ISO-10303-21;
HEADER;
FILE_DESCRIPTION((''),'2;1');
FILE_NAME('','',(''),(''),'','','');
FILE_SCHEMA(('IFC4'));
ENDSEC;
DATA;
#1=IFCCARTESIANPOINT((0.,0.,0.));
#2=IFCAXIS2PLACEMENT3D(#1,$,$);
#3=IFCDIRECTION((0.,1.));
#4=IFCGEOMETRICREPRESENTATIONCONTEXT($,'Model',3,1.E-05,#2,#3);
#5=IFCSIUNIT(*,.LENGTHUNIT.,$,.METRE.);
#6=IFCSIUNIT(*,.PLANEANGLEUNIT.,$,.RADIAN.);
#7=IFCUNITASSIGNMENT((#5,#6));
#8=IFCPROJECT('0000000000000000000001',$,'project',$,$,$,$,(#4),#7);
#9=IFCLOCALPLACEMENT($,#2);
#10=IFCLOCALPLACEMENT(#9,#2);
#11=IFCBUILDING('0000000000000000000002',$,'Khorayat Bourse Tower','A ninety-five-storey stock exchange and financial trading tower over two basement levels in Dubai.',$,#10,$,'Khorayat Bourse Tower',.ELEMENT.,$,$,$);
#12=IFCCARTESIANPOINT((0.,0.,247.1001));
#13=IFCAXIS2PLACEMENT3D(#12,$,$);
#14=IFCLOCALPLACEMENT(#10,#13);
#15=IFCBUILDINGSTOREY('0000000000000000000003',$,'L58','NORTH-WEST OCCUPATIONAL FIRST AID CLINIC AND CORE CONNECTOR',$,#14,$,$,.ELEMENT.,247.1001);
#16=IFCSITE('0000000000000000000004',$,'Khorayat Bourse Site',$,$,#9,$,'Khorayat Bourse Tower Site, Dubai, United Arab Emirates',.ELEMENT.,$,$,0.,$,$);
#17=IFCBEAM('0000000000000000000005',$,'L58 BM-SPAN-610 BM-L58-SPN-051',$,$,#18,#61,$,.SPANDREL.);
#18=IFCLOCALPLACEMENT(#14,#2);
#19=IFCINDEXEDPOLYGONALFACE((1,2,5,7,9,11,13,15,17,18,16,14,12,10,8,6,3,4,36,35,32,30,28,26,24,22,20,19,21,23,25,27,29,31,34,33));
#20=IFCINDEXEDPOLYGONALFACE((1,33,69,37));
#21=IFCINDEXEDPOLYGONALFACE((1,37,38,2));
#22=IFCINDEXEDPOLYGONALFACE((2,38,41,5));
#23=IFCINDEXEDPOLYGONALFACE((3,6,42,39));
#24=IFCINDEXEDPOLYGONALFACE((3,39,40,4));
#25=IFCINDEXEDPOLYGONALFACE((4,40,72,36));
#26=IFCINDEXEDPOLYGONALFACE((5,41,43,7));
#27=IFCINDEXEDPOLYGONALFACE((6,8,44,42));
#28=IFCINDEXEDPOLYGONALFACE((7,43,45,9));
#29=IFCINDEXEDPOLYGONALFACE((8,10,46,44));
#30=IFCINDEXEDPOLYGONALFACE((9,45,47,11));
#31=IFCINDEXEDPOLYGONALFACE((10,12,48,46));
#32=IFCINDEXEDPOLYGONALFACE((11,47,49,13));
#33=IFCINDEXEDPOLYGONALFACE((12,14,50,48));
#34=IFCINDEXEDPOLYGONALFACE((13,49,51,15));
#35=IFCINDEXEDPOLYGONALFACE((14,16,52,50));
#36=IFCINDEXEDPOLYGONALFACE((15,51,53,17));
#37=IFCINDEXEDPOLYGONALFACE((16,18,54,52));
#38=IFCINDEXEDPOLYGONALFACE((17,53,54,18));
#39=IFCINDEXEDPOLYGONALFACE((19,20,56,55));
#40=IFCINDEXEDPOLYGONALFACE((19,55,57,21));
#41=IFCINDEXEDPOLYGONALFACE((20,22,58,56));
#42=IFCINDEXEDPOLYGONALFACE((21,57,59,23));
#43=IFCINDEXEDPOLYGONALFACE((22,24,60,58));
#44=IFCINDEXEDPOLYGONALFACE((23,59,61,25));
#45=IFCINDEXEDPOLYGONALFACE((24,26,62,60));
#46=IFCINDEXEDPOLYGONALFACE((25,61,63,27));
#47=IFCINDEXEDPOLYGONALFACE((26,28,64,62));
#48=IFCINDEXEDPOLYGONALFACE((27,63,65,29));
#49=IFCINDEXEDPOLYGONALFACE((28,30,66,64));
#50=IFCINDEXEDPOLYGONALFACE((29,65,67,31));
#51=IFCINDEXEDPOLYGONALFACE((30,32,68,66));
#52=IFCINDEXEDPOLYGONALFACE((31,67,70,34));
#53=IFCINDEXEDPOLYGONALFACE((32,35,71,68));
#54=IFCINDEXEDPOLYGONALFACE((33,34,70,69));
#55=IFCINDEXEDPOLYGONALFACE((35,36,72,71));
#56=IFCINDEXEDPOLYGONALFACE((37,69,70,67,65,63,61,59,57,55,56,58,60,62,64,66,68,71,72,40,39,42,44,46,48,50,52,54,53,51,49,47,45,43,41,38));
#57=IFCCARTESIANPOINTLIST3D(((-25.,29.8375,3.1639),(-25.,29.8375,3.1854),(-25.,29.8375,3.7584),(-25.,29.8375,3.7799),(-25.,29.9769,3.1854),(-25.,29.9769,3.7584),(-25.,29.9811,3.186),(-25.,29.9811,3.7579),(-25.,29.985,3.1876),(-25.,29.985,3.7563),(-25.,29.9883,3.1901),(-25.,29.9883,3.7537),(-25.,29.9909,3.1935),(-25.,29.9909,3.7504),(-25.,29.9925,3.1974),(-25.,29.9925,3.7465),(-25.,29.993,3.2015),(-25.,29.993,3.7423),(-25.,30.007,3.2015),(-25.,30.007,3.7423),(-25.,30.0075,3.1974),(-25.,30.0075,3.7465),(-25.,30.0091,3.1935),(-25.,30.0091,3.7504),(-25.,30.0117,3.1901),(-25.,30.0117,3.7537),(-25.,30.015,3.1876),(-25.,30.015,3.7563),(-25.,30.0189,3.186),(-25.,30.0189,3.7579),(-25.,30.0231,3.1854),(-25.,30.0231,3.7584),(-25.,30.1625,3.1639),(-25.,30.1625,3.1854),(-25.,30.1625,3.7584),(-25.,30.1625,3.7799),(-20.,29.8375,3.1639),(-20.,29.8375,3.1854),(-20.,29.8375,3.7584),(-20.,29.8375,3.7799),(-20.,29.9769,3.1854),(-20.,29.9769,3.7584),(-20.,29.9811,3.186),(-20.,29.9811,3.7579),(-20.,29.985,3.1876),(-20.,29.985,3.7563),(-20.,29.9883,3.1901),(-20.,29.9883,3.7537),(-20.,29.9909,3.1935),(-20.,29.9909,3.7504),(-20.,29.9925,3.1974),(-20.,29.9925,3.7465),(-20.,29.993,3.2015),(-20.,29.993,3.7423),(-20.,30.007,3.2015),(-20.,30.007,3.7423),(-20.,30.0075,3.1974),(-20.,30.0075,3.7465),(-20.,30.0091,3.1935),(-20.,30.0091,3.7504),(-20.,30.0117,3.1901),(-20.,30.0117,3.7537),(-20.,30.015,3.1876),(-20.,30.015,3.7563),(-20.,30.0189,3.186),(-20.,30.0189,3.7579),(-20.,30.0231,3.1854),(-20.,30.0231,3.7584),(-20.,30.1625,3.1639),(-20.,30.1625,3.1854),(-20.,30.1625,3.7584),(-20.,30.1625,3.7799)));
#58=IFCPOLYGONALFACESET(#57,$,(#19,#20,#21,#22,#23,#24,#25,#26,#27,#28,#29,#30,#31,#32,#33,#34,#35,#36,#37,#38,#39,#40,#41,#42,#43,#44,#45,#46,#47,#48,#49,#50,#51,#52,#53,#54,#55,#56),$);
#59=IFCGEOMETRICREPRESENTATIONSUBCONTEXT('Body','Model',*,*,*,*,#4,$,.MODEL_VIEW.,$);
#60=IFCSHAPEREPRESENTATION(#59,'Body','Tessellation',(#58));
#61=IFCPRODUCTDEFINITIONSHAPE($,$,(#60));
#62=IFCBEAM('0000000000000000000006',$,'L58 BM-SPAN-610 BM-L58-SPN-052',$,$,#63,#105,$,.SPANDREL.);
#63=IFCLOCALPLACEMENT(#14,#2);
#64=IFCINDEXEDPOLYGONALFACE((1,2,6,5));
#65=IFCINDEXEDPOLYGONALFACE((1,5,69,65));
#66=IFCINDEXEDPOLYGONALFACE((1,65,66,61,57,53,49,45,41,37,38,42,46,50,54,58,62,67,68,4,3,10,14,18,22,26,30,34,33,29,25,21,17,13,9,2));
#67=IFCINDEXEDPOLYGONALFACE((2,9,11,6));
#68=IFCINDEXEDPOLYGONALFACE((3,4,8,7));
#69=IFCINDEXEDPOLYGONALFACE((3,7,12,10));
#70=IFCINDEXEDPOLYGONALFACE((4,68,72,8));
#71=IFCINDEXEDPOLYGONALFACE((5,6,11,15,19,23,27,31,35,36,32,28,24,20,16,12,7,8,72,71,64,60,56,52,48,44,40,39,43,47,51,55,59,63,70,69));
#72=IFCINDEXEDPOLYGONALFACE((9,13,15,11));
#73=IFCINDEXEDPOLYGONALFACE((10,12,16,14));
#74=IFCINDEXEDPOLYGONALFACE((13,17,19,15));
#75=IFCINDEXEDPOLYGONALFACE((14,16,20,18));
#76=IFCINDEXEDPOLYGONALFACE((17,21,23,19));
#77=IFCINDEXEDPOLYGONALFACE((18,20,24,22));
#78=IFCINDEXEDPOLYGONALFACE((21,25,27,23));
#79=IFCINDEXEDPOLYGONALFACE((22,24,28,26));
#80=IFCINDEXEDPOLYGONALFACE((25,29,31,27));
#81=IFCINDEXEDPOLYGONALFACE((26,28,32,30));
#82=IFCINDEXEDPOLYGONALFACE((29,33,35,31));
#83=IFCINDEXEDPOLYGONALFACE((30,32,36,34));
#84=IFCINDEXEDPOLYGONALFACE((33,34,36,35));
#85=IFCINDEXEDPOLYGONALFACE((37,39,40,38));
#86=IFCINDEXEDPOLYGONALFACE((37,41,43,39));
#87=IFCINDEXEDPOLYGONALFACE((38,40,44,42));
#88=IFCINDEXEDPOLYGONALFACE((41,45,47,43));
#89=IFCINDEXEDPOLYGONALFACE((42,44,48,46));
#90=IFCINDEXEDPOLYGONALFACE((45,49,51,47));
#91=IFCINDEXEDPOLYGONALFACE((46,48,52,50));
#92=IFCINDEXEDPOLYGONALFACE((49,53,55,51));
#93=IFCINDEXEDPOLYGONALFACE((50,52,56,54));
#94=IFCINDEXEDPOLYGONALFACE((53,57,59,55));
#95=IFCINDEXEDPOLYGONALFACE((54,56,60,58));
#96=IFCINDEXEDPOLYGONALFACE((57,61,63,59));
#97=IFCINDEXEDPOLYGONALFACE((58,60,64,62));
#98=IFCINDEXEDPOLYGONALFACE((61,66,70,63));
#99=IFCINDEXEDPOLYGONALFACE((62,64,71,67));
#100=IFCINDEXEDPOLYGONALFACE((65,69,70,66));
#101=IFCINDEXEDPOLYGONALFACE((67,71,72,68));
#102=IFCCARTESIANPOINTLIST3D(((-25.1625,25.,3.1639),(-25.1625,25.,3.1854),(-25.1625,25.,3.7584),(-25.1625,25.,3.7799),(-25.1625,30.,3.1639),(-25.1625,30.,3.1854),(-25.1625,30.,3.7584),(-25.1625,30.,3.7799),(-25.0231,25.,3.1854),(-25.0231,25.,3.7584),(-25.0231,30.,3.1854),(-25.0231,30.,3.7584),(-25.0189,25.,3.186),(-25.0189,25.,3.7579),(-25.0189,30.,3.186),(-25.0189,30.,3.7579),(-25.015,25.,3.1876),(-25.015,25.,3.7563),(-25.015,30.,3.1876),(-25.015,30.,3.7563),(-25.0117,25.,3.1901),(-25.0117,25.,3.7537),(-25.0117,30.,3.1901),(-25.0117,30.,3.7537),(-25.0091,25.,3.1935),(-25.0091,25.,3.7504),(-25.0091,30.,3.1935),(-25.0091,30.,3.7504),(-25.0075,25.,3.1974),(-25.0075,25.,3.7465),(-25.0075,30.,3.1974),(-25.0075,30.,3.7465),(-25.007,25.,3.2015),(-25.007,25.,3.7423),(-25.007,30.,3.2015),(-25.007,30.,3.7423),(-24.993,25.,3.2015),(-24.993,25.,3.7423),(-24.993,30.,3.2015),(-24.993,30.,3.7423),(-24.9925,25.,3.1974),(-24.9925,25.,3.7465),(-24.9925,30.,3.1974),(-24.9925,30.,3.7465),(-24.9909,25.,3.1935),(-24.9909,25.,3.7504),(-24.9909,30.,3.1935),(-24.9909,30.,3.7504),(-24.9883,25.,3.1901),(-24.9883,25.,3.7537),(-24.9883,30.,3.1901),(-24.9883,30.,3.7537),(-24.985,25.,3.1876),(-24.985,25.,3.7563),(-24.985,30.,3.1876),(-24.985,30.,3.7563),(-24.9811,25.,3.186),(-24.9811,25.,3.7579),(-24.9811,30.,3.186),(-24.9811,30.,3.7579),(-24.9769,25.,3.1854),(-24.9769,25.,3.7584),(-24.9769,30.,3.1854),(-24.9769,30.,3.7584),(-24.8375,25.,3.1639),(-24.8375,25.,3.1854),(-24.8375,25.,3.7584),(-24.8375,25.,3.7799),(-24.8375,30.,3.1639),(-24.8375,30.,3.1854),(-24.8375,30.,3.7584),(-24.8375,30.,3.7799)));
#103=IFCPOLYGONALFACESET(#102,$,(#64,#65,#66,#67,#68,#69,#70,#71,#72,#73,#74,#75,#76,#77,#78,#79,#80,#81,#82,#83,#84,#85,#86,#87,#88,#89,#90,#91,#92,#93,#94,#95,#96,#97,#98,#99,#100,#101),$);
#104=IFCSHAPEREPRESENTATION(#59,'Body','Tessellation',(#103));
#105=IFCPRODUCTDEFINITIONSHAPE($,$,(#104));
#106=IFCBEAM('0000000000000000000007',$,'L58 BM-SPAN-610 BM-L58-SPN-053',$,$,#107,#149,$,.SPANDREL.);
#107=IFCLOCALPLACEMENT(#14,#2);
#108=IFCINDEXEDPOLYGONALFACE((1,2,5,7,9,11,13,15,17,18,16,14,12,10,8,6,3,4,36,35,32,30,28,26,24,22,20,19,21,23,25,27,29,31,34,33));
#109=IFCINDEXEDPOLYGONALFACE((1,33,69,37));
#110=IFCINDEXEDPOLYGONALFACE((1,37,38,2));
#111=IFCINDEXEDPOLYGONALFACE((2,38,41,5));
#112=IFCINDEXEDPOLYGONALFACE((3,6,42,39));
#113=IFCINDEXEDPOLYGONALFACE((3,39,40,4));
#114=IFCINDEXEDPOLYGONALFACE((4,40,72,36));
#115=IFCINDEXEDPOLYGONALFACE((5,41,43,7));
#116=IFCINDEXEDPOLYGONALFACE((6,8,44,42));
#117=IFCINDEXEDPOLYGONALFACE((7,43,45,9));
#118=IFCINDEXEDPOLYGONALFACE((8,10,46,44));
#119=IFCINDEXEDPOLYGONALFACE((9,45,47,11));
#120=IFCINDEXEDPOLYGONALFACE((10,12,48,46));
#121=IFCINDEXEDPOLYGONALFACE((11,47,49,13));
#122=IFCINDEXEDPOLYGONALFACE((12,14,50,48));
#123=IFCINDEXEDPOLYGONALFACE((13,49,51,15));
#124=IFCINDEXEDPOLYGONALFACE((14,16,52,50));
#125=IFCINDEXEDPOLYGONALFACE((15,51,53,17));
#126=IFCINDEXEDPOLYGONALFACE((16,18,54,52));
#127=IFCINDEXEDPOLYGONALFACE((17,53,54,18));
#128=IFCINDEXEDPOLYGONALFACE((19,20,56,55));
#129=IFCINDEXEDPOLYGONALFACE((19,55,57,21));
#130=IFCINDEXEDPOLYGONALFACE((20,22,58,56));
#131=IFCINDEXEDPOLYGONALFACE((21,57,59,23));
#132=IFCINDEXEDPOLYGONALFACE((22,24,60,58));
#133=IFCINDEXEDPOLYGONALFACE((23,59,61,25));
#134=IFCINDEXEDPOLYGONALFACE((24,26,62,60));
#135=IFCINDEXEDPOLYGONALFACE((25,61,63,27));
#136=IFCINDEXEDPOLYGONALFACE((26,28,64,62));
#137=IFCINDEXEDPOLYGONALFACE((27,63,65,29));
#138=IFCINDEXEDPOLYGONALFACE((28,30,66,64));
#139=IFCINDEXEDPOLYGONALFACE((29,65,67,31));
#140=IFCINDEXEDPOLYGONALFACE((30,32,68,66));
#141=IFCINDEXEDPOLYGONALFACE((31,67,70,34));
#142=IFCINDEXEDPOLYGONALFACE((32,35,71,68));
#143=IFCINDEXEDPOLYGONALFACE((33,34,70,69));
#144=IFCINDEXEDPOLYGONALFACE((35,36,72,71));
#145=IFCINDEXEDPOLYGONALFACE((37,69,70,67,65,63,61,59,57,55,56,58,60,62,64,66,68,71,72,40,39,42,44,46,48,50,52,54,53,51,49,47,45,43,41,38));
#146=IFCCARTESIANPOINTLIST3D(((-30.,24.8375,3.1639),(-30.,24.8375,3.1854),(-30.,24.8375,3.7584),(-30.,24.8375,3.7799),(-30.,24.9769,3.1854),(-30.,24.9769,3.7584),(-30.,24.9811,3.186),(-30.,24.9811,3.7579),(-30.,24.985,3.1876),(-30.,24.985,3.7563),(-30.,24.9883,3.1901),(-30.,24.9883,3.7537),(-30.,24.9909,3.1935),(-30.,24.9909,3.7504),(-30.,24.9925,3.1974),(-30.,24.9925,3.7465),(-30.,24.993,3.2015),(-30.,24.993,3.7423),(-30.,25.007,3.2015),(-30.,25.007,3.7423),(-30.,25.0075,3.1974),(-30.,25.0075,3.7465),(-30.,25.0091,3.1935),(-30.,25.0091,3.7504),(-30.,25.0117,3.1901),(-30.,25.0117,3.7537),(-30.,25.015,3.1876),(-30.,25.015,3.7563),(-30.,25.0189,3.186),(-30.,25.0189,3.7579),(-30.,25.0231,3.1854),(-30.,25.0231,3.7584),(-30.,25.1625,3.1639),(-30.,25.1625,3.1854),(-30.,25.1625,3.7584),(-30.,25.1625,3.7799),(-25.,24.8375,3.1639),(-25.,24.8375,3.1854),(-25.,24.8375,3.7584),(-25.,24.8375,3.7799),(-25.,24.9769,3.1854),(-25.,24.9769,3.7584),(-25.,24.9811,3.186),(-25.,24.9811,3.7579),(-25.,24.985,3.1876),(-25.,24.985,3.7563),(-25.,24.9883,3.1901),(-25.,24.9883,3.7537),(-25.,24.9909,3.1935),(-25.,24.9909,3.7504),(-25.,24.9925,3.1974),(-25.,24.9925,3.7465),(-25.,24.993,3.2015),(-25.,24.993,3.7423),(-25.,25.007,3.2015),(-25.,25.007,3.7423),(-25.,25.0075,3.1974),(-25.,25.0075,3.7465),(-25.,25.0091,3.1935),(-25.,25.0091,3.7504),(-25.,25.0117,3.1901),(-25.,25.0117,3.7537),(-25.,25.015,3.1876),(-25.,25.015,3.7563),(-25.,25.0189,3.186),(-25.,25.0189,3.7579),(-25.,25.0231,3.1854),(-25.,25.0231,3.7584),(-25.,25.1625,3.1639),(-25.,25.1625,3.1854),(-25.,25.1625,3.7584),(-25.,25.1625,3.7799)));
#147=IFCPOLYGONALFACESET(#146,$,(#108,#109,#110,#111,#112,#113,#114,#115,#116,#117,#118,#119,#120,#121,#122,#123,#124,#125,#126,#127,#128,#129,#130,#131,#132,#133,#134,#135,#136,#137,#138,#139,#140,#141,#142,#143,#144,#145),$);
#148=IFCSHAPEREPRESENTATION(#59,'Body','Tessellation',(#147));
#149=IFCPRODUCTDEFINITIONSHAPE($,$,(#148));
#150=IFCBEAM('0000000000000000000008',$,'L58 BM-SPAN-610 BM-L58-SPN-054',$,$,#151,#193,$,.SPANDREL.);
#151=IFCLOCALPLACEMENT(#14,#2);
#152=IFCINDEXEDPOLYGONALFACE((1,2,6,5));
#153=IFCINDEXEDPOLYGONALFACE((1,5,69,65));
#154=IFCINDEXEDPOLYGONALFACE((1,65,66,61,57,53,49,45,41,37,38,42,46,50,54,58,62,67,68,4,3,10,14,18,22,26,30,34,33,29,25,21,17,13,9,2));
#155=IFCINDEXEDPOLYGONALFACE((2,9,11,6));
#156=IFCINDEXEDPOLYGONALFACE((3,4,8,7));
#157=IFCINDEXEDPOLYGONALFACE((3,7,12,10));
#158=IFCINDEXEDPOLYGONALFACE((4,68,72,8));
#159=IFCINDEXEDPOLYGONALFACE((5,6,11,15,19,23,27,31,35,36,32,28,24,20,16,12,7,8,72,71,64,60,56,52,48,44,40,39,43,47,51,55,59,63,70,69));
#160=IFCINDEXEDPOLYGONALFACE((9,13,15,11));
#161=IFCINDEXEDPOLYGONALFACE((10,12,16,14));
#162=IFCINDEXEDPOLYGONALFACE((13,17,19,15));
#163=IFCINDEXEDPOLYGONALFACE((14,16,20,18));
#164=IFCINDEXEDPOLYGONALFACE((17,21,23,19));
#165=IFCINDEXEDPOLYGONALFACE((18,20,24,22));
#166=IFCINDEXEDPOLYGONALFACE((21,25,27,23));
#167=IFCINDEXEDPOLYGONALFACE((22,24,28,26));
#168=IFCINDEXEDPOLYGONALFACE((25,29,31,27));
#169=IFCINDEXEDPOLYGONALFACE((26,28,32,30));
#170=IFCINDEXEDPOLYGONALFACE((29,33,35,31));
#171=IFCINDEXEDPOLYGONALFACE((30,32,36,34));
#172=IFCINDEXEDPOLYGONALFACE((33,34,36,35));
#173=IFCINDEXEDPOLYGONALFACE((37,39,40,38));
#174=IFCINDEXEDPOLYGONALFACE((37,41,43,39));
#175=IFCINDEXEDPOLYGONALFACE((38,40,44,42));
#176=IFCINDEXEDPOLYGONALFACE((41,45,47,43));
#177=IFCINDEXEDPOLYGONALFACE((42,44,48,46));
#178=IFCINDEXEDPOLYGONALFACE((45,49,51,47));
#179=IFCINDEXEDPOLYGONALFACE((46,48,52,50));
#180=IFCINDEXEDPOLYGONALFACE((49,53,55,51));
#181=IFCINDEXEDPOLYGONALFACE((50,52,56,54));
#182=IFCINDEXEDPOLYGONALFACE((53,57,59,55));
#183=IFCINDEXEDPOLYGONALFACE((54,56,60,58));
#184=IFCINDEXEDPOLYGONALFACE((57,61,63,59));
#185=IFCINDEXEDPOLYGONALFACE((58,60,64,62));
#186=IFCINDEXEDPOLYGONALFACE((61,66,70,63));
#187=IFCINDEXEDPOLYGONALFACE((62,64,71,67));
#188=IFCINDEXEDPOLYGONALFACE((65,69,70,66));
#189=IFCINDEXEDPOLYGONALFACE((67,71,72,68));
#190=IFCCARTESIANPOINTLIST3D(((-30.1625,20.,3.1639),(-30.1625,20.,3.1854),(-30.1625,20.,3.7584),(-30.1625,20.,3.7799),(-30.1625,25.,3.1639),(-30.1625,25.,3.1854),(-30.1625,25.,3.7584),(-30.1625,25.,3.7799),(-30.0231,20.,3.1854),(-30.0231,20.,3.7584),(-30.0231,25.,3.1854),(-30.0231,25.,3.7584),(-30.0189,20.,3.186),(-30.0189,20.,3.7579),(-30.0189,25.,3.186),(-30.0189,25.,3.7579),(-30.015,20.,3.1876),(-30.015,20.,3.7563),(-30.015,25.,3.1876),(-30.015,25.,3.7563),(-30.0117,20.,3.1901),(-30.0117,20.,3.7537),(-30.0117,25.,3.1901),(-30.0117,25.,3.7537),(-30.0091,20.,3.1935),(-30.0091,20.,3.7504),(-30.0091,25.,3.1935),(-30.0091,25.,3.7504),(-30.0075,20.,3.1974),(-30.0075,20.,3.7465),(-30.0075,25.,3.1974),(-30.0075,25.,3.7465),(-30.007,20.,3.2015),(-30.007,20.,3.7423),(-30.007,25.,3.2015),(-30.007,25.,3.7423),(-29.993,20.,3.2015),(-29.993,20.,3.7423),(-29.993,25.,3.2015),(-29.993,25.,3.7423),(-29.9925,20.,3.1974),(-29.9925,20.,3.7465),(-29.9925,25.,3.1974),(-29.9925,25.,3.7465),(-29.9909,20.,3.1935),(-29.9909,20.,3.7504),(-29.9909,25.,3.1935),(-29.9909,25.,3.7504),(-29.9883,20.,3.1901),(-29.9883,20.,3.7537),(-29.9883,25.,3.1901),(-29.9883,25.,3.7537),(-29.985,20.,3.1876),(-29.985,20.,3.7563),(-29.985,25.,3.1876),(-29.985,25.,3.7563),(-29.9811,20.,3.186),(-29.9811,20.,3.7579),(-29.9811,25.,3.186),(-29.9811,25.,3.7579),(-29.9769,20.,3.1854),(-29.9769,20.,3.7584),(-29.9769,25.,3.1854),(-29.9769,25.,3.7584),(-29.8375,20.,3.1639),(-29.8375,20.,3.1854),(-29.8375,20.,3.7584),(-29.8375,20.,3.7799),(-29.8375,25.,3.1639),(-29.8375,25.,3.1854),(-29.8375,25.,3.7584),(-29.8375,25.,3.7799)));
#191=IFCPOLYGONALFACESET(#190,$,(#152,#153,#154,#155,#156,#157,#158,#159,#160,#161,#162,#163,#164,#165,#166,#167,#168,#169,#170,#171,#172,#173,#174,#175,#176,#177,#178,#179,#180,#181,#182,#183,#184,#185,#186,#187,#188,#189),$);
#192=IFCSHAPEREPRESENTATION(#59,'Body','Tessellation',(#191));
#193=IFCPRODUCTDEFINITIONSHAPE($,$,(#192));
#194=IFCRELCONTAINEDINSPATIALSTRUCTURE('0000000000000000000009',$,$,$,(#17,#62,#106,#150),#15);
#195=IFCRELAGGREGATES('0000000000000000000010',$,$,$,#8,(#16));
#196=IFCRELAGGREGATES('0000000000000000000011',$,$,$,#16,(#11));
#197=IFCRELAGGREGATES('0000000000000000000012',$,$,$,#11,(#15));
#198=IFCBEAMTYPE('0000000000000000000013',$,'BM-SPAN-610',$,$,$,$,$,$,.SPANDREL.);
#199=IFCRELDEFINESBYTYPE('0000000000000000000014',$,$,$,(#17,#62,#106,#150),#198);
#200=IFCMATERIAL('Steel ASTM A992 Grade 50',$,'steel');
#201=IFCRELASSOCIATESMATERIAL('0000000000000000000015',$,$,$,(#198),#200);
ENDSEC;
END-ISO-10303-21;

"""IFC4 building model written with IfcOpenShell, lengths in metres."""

from ifc_helpers import new_model, si_unit, direction, frame, origin, origin_2d, place, context, subcontext, project, spatial, i_section, extrude, source, transform, mapped, material, material_profile, profile_set, type_object, element, save


model = new_model("IFC4")

# Units and contexts
model_context = context("Model", 3, precision=1e-05, world=origin(), true_north=direction((0.0, 1.0)))
body_context = subcontext(model_context, "Body", "Model", "MODEL_VIEW")
ifc_project = project(units=[si_unit("LENGTHUNIT", "METRE"), si_unit("PLANEANGLEUNIT", "RADIAN")], contexts=[model_context])

# Site, building, storey
site_placement = place(None, origin())
site = spatial("IfcSite", under=ifc_project, at=site_placement, Name="Khorayat Bourse Site", LongName="Khorayat Bourse Tower Site, Dubai, United Arab Emirates", CompositionType="ELEMENT", RefElevation=0.0)
building_placement = place(site_placement, origin())
building = spatial("IfcBuilding", under=site, at=building_placement, Name="Khorayat Bourse Tower", Description="A ninety-five-storey stock exchange and financial trading tower over two basement levels in Dubai.", LongName="Khorayat Bourse Tower", CompositionType="ELEMENT")
storey_placement = place(building_placement, frame((0.0, 0.0, 247.1001)))
storey = spatial("IfcBuildingStorey", under=building, at=storey_placement, Name="L58", Description="NORTH-WEST OCCUPATIONAL FIRST AID CLINIC AND CORE CONNECTOR", CompositionType="ELEMENT", Elevation=247.1001)

# Beams
ifc_material_1 = material(Name="Steel ASTM A992 Grade 50", Category="steel")
ifc_material_profile_1 = material_profile(ifc_material_1, i_section(OverallWidth=0.325, OverallDepth=0.616, WebThickness=0.0139, FlangeThickness=0.0215, FilletRadius=0.0161, at=origin_2d()), Name="W610X174")
ifc_profile_set_1 = profile_set([ifc_material_profile_1], Name="Steel ASTM A992 Grade 50")
beam_type_1 = type_object("IfcBeamType", Name="BM-SPAN-610", PredefinedType="SPANDREL", material=ifc_profile_set_1)
shared_shape_1 = source(origin(), body_context, "Body", "SweptSolid", [
    extrude(i_section(OverallWidth=0.325, OverallDepth=0.616, WebThickness=0.0139, FlangeThickness=0.0215, FilletRadius=0.0161, at=origin_2d()), origin(), (0.0, 0.0, 1.0), 5.0),
])
for number, where, z_axis, x_axis, name in (
    (1, (-25.0, 30.0, 3.4719), (1.0, 0.0, 0.0), (0.0, 1.0, 0.0), "L58 BM-SPAN-610 BM-L58-SPN-051"),
    (2, (-25.0, 25.0, 3.4719), (0.0, 1.0, 0.0), (-1.0, 0.0, 0.0), "L58 BM-SPAN-610 BM-L58-SPN-052"),
    (3, (-30.0, 25.0, 3.4719), (1.0, 0.0, 0.0), (0.0, 1.0, 0.0), "L58 BM-SPAN-610 BM-L58-SPN-053"),
    (4, (-30.0, 20.0, 3.4719), (0.0, 1.0, 0.0), (-1.0, 0.0, 0.0), "L58 BM-SPAN-610 BM-L58-SPN-054"),
):
    element("IfcBeam", number, at=place(storey_placement, frame(where, z_axis=z_axis, x_axis=x_axis)), inside=storey, type_object=beam_type_1, Name=name, PredefinedType="SPANDREL", context=body_context, shape_type="MappedRepresentation", body=[
        mapped(shared_shape_1, transform((0.0, 0.0, 0.0), scale=1.0)),
    ])

save(model, "model.ifc")
